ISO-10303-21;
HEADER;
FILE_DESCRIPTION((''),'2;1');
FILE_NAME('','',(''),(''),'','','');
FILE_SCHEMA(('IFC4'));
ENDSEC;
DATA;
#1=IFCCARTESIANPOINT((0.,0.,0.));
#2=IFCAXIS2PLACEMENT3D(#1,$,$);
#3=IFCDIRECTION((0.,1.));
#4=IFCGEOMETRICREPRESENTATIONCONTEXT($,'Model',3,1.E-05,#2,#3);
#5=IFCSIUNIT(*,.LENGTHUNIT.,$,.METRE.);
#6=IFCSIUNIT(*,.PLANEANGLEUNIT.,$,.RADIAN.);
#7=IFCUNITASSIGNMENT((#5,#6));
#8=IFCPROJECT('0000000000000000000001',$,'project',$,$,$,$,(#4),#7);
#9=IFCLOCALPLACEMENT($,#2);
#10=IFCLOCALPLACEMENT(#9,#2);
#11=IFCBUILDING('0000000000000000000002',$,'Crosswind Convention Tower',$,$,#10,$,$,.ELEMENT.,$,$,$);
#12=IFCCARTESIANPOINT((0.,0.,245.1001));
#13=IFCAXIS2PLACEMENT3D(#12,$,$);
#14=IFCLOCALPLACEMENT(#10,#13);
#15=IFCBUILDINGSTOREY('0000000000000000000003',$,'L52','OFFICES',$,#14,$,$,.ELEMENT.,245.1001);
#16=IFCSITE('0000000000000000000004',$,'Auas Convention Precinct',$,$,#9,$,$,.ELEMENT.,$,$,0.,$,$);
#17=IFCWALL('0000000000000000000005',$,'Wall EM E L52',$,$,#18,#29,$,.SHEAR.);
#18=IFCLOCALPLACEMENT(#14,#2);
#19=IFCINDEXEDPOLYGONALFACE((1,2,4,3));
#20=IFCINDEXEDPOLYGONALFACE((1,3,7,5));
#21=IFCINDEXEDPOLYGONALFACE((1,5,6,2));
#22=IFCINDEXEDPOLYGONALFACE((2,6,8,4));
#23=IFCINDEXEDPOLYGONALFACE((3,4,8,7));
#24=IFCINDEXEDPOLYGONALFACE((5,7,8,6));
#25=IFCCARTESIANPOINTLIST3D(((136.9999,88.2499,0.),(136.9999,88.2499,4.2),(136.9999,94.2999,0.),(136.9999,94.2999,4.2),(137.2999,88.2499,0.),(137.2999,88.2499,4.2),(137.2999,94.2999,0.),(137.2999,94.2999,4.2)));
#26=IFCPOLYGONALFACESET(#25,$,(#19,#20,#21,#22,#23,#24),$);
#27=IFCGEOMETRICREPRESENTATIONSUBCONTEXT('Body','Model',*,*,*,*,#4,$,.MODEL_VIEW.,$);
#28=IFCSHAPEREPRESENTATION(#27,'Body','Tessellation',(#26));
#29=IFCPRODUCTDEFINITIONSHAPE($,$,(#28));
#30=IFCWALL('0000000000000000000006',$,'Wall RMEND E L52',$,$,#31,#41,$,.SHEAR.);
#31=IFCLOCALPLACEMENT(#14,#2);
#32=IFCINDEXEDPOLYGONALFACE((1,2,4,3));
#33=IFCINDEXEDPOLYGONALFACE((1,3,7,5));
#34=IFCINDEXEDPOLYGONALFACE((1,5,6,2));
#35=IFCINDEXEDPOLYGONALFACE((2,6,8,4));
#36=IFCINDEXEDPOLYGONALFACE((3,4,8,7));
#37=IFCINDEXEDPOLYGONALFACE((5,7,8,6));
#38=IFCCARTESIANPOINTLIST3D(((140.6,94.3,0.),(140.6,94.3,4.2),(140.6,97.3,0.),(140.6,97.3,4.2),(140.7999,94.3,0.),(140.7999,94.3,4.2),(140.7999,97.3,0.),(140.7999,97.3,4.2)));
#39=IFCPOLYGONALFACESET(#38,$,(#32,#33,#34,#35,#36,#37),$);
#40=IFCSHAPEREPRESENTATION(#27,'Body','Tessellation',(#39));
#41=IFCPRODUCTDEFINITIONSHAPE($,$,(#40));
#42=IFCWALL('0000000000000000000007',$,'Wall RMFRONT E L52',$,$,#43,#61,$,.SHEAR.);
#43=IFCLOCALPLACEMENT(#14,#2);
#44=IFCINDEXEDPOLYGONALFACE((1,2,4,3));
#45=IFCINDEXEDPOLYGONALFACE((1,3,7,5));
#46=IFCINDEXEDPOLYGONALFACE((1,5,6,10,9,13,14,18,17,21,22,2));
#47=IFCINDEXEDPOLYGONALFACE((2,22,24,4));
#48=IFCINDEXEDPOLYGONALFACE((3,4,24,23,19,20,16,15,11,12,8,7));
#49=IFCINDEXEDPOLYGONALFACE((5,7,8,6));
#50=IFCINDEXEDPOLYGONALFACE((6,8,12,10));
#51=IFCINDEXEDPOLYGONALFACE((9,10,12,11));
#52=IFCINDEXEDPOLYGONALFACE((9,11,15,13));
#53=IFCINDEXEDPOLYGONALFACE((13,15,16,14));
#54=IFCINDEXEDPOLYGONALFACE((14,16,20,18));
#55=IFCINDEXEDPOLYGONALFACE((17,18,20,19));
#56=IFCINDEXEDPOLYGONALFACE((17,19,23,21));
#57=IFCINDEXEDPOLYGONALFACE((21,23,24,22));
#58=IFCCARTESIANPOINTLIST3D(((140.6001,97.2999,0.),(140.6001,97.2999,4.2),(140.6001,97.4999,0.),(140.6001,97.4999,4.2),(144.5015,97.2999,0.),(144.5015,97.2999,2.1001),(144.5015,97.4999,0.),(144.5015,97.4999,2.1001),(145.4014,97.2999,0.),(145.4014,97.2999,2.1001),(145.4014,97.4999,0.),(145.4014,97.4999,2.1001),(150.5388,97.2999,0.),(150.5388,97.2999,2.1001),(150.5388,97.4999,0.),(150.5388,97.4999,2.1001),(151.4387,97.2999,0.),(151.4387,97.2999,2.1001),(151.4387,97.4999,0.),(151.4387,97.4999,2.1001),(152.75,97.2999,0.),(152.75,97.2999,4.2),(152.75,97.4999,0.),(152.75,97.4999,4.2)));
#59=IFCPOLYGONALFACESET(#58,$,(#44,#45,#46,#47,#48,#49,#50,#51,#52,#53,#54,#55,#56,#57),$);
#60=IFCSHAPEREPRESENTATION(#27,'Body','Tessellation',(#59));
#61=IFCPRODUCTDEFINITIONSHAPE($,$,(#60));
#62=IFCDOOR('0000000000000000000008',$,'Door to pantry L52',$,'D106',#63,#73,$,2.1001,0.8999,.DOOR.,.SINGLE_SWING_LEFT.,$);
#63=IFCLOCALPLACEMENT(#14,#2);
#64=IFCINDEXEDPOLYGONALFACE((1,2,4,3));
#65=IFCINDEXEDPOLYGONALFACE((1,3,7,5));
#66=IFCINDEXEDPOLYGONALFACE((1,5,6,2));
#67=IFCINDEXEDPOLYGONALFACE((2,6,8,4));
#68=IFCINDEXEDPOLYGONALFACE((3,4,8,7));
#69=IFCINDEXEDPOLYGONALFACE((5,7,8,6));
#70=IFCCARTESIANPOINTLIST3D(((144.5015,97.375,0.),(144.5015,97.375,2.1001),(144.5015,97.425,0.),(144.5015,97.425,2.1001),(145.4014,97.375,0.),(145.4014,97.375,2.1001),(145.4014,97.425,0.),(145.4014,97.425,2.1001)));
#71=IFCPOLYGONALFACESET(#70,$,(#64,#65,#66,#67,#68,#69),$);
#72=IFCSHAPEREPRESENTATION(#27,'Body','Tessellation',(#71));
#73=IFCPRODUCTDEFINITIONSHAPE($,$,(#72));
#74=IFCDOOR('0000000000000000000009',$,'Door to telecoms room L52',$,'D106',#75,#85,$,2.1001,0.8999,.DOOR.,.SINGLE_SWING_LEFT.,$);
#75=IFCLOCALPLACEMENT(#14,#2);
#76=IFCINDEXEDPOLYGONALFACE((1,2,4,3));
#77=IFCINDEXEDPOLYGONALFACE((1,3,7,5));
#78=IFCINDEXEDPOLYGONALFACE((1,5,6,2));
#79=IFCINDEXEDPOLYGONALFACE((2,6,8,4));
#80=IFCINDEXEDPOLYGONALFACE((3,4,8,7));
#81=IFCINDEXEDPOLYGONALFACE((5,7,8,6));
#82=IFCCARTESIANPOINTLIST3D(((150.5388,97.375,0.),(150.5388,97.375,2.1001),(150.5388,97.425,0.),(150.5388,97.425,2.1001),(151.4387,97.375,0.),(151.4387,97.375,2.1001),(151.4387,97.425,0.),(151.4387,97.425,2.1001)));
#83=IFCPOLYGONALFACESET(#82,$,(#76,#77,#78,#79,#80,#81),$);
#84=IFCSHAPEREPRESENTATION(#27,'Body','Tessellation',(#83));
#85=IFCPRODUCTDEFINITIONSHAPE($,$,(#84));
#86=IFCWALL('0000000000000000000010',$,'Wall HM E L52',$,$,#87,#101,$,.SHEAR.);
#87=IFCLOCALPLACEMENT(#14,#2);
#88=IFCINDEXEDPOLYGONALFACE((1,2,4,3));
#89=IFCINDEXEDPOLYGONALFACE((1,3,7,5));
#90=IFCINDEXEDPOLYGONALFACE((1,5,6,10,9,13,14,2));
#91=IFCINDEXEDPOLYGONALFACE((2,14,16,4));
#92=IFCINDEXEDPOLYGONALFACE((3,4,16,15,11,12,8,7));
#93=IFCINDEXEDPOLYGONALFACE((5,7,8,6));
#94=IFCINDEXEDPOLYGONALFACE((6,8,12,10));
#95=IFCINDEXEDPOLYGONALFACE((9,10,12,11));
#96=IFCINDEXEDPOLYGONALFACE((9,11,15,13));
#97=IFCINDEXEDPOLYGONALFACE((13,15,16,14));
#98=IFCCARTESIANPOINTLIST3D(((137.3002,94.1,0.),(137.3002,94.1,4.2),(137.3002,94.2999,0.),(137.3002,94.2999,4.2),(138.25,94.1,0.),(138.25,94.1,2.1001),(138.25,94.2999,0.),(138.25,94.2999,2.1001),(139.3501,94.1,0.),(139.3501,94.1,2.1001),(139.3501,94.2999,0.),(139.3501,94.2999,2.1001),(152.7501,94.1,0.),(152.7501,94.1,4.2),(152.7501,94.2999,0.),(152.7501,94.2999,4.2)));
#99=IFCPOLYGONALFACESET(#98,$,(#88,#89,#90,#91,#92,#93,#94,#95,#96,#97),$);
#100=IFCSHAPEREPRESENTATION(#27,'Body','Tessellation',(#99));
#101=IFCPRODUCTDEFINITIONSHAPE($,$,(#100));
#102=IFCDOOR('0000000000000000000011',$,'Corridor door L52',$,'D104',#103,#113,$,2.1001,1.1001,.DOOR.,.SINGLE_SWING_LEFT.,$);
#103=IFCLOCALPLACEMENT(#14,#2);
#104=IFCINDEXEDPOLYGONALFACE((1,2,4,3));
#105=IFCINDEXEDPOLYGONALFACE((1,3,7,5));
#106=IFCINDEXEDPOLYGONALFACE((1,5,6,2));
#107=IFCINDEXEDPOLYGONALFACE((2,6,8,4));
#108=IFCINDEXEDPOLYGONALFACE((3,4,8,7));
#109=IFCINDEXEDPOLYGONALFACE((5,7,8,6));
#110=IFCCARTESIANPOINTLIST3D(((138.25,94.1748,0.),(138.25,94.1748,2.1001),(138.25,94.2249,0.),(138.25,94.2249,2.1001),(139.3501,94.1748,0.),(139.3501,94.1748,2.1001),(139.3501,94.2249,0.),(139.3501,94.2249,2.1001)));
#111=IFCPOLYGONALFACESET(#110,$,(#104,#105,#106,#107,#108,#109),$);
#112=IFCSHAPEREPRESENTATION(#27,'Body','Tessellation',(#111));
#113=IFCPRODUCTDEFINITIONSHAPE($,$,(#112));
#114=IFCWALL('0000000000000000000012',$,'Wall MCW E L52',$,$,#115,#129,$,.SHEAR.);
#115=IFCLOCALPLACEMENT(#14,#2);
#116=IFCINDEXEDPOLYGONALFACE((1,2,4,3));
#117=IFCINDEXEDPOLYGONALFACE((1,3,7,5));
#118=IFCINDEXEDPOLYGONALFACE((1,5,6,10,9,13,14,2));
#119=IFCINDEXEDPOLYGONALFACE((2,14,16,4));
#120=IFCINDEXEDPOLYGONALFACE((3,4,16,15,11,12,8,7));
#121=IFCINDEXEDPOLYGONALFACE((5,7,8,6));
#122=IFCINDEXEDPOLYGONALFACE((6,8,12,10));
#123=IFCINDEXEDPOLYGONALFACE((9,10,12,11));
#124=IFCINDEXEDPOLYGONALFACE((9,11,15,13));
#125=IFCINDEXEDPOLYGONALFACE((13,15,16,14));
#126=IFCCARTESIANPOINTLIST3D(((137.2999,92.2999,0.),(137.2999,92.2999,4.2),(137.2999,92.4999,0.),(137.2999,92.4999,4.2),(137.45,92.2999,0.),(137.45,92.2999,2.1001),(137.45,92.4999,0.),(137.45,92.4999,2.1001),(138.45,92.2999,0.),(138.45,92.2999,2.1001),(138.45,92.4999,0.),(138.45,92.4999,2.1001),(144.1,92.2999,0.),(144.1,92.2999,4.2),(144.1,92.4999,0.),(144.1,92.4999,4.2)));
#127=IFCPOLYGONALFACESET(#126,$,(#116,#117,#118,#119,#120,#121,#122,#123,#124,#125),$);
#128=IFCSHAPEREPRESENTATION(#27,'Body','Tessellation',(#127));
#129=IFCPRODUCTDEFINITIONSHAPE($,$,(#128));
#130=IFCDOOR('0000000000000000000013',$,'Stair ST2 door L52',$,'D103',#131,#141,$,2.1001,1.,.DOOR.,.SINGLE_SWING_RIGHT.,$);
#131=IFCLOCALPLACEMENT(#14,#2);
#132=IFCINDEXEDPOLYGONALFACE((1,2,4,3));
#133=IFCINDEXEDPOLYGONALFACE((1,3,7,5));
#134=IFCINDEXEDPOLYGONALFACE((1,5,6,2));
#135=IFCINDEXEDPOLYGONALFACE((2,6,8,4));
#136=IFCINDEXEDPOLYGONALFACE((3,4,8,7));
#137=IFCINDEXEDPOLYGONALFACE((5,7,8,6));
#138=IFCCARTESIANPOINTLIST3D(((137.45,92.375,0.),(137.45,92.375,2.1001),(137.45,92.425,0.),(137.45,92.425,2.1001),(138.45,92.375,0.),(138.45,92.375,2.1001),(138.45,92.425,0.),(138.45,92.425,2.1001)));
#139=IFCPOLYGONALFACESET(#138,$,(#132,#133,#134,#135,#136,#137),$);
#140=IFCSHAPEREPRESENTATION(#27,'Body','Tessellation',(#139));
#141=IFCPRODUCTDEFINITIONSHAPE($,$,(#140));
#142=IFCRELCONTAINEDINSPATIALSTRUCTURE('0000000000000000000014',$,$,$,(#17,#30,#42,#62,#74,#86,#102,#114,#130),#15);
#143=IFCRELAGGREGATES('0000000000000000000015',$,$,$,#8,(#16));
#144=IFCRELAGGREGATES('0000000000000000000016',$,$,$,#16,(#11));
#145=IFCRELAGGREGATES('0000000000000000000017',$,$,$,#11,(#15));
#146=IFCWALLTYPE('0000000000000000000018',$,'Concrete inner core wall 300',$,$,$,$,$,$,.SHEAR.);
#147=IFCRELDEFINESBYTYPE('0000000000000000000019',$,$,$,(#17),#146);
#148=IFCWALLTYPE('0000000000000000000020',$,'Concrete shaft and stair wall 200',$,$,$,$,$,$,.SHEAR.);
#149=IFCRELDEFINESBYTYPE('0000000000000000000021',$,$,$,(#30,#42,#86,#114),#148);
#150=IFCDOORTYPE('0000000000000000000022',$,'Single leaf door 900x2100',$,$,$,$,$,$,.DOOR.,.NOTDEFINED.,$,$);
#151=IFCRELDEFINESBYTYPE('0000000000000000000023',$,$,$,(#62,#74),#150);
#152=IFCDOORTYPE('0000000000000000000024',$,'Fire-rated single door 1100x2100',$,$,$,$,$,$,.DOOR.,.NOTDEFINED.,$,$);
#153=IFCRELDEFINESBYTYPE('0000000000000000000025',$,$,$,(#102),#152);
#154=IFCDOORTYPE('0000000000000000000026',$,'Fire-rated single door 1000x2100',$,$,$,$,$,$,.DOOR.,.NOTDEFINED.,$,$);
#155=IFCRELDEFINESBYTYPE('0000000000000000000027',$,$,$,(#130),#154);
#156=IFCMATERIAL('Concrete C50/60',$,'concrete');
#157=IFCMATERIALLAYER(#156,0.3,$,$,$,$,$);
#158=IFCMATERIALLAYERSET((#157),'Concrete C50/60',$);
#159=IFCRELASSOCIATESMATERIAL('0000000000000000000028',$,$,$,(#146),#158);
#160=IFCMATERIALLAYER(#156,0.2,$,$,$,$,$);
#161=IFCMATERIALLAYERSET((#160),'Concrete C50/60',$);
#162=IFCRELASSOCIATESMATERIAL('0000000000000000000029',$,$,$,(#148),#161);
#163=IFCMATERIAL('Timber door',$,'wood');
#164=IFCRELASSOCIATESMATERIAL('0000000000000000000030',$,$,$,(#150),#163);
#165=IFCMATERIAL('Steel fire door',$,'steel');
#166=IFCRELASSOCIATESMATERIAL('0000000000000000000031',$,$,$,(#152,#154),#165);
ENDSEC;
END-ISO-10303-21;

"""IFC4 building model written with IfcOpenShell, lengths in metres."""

from ifc_helpers import new_model, si_unit, direction, frame, frame_2d, origin, place, context, subcontext, project, spatial, rectangle, extrude, material, layer, layer_set, type_object, element, fill, save


model = new_model("IFC4")

# Units and contexts
model_context = context("Model", 3, precision=1e-05, world=origin(), true_north=direction((0.0, 1.0)))
body_context = subcontext(model_context, "Body", "Model", "MODEL_VIEW")
ifc_project = project(units=[si_unit("LENGTHUNIT", "METRE"), si_unit("PLANEANGLEUNIT", "RADIAN")], contexts=[model_context])

# Site, building, storey
site_placement = place(None, origin())
site = spatial("IfcSite", under=ifc_project, at=site_placement, Name="Auas Convention Precinct", CompositionType="ELEMENT", RefElevation=0.0)
building_placement = place(site_placement, origin())
building = spatial("IfcBuilding", under=site, at=building_placement, Name="Crosswind Convention Tower", CompositionType="ELEMENT")
storey_placement = place(building_placement, frame((0.0, 0.0, 245.1001)))
storey = spatial("IfcBuildingStorey", under=building, at=storey_placement, Name="L52", Description="OFFICES", CompositionType="ELEMENT", Elevation=245.1001)

# Shared definitions
ifc_material_1 = material(Name="Concrete C50/60", Category="concrete")
ifc_layer_1 = layer(ifc_material_1, 0.3)
ifc_layer_set_1 = layer_set([ifc_layer_1], Name="Concrete C50/60")
wall_type_1 = type_object("IfcWallType", Name="Concrete inner core wall 300", PredefinedType="SHEAR", material=ifc_layer_set_1)

# Walls
wall_1_placement = place(storey_placement, frame((137.1499, 88.25, 0.0), z_axis=(0.0, 0.0, 1.0), x_axis=(0.0, 1.0, 0.0)))
element("IfcWall", 1, at=wall_1_placement, inside=storey, type_object=wall_type_1, Name="Wall EM E L52", PredefinedType="SHEAR", context=body_context, shape_type="SweptSolid", body=[
    extrude(rectangle(XDim=6.05, YDim=0.3, at=frame_2d((3.0249, 0.0))), origin(), (0.0, 0.0, 1.0), 4.2),
])
ifc_layer_2 = layer(ifc_material_1, 0.2)
ifc_layer_set_2 = layer_set([ifc_layer_2], Name="Concrete C50/60")
wall_type_2 = type_object("IfcWallType", Name="Concrete shaft and stair wall 200", PredefinedType="SHEAR", material=ifc_layer_set_2)
wall_2_placement = place(storey_placement, frame((140.7, 94.3, 0.0), z_axis=(0.0, 0.0, 1.0), x_axis=(0.0, 1.0, 0.0)))
element("IfcWall", 2, at=wall_2_placement, inside=storey, type_object=wall_type_2, Name="Wall RMEND E L52", PredefinedType="SHEAR", context=body_context, shape_type="SweptSolid", body=[
    extrude(rectangle(XDim=3.0, YDim=0.2, at=frame_2d((1.5, 0.0))), origin(), (0.0, 0.0, 1.0), 4.2),
])

# Wall, openings, doors
wall_3_placement = place(storey_placement, frame((140.6001, 97.3999, 0.0), z_axis=(0.0, 0.0, 1.0), x_axis=(1.0, 0.0, 0.0)))
wall_3 = element("IfcWall", 3, at=wall_3_placement, inside=storey, type_object=wall_type_2, Name="Wall RMFRONT E L52", PredefinedType="SHEAR", context=body_context, shape_type="SweptSolid", body=[
    extrude(rectangle(XDim=12.1499, YDim=0.2, at=frame_2d((6.075, 0.0))), origin(), (0.0, 0.0, 1.0), 4.2),
])
opening_1_placement = place(wall_3_placement, frame((3.9014, 0.0, 0.0)))
opening_1 = element("IfcOpeningElement", 4, at=opening_1_placement, cuts=wall_3, PredefinedType="OPENING", context=body_context, shape_type="SweptSolid", body=[
    extrude(rectangle(XDim=0.8999, YDim=2.1001, at=frame_2d((0.45, 1.05))), frame((0.0, 0.1099, 0.0), z_axis=(0.0, -1.0, 0.0), x_axis=(1.0, 0.0, 0.0)), (0.0, 0.0, 1.0), 0.22),
])
opening_2_placement = place(wall_3_placement, frame((9.9387, 0.0, 0.0)))
opening_2 = element("IfcOpeningElement", 5, at=opening_2_placement, cuts=wall_3, PredefinedType="OPENING", context=body_context, shape_type="SweptSolid", body=[
    extrude(rectangle(XDim=0.8999, YDim=2.1001, at=frame_2d((0.45, 1.05))), frame((0.0, 0.1099, 0.0), z_axis=(0.0, -1.0, 0.0), x_axis=(1.0, 0.0, 0.0)), (0.0, 0.0, 1.0), 0.22),
])
ifc_material_2 = material(Name="Timber door", Category="wood")
door_type_1 = type_object("IfcDoorType", Name="Single leaf door 900x2100", OperationType="NOTDEFINED", PredefinedType="DOOR", material=ifc_material_2)
door_1_placement = place(opening_1_placement, frame((0.8999, 0.0, 0.0), z_axis=(0.0, 0.0, 1.0), x_axis=(-1.0, 0.0, 0.0)))
door_1 = element("IfcDoor", 6, at=door_1_placement, inside=storey, type_object=door_type_1, Name="Door to pantry L52", ObjectType="D106", OperationType="SINGLE_SWING_LEFT", OverallHeight=2.1001, OverallWidth=0.8999, PredefinedType="DOOR", context=body_context, shape_type="SweptSolid", body=[
    extrude(rectangle(XDim=0.8999, YDim=2.1001, at=frame_2d((0.45, 1.05))), frame((0.0, 0.0249, 0.0), z_axis=(0.0, -1.0, 0.0), x_axis=(1.0, 0.0, 0.0)), (0.0, 0.0, 1.0), 0.05),
])
fill(opening_1, door_1)
door_2_placement = place(opening_2_placement, frame((0.8999, 0.0, 0.0), z_axis=(0.0, 0.0, 1.0), x_axis=(-1.0, 0.0, 0.0)))
door_2 = element("IfcDoor", 7, at=door_2_placement, inside=storey, type_object=door_type_1, Name="Door to telecoms room L52", ObjectType="D106", OperationType="SINGLE_SWING_LEFT", OverallHeight=2.1001, OverallWidth=0.8999, PredefinedType="DOOR", context=body_context, shape_type="SweptSolid", body=[
    extrude(rectangle(XDim=0.8999, YDim=2.1001, at=frame_2d((0.45, 1.05))), frame((0.0, 0.0249, 0.0), z_axis=(0.0, -1.0, 0.0), x_axis=(1.0, 0.0, 0.0)), (0.0, 0.0, 1.0), 0.05),
])
fill(opening_2, door_2)

# Walls, openings, doors
wall_4_placement = place(storey_placement, frame((137.3, 94.2, 0.0), z_axis=(0.0, 0.0, 1.0), x_axis=(1.0, 0.0, 0.0)))
wall_4 = element("IfcWall", 8, at=wall_4_placement, inside=storey, type_object=wall_type_2, Name="Wall HM E L52", PredefinedType="SHEAR", context=body_context, shape_type="SweptSolid", body=[
    extrude(rectangle(XDim=15.45, YDim=0.2, at=frame_2d((7.7251, 0.0))), origin(), (0.0, 0.0, 1.0), 4.2),
])
opening_3_placement = place(wall_4_placement, frame((0.95, 0.0, 0.0)))
opening_3 = element("IfcOpeningElement", 9, at=opening_3_placement, cuts=wall_4, PredefinedType="OPENING", context=body_context, shape_type="SweptSolid", body=[
    extrude(rectangle(XDim=1.1001, YDim=2.1001, at=frame_2d((0.55, 1.05))), frame((0.0, 0.1099, 0.0), z_axis=(0.0, -1.0, 0.0), x_axis=(1.0, 0.0, 0.0)), (0.0, 0.0, 1.0), 0.22),
])
ifc_material_3 = material(Name="Steel fire door", Category="steel")
door_type_2 = type_object("IfcDoorType", Name="Fire-rated single door 1100x2100", OperationType="NOTDEFINED", PredefinedType="DOOR", material=ifc_material_3)
door_3_placement = place(opening_3_placement, origin())
door_3 = element("IfcDoor", 10, at=door_3_placement, inside=storey, type_object=door_type_2, Name="Corridor door L52", ObjectType="D104", OperationType="SINGLE_SWING_LEFT", OverallHeight=2.1001, OverallWidth=1.1001, PredefinedType="DOOR", context=body_context, shape_type="SweptSolid", body=[
    extrude(rectangle(XDim=1.1001, YDim=2.1001, at=frame_2d((0.55, 1.05))), frame((0.0, 0.0249, 0.0), z_axis=(0.0, -1.0, 0.0), x_axis=(1.0, 0.0, 0.0)), (0.0, 0.0, 1.0), 0.05),
])
fill(opening_3, door_3)
wall_5_placement = place(storey_placement, frame((137.3, 92.3999, 0.0), z_axis=(0.0, 0.0, 1.0), x_axis=(1.0, 0.0, 0.0)))
wall_5 = element("IfcWall", 11, at=wall_5_placement, inside=storey, type_object=wall_type_2, Name="Wall MCW E L52", PredefinedType="SHEAR", context=body_context, shape_type="SweptSolid", body=[
    extrude(rectangle(XDim=6.8, YDim=0.2, at=frame_2d((3.3999, 0.0))), origin(), (0.0, 0.0, 1.0), 4.2),
])
opening_4_placement = place(wall_5_placement, frame((0.1499, 0.0, 0.0)))
opening_4 = element("IfcOpeningElement", 12, at=opening_4_placement, cuts=wall_5, PredefinedType="OPENING", context=body_context, shape_type="SweptSolid", body=[
    extrude(rectangle(XDim=1.0, YDim=2.1001, at=frame_2d((0.5, 1.05))), frame((0.0, 0.1099, 0.0), z_axis=(0.0, -1.0, 0.0), x_axis=(1.0, 0.0, 0.0)), (0.0, 0.0, 1.0), 0.22),
])
door_type_3 = type_object("IfcDoorType", Name="Fire-rated single door 1000x2100", OperationType="NOTDEFINED", PredefinedType="DOOR", material=ifc_material_3)
door_4_placement = place(opening_4_placement, frame((1.0, 0.0, 0.0), z_axis=(0.0, 0.0, 1.0), x_axis=(-1.0, 0.0, 0.0)))
door_4 = element("IfcDoor", 13, at=door_4_placement, inside=storey, type_object=door_type_3, Name="Stair ST2 door L52", ObjectType="D103", OperationType="SINGLE_SWING_RIGHT", OverallHeight=2.1001, OverallWidth=1.0, PredefinedType="DOOR", context=body_context, shape_type="SweptSolid", body=[
    extrude(rectangle(XDim=1.0, YDim=2.1001, at=frame_2d((0.5, 1.05))), frame((0.0, 0.0249, 0.0), z_axis=(0.0, -1.0, 0.0), x_axis=(1.0, 0.0, 0.0)), (0.0, 0.0, 1.0), 0.05),
])
fill(opening_4, door_4)

save(model, "model.ifc")
